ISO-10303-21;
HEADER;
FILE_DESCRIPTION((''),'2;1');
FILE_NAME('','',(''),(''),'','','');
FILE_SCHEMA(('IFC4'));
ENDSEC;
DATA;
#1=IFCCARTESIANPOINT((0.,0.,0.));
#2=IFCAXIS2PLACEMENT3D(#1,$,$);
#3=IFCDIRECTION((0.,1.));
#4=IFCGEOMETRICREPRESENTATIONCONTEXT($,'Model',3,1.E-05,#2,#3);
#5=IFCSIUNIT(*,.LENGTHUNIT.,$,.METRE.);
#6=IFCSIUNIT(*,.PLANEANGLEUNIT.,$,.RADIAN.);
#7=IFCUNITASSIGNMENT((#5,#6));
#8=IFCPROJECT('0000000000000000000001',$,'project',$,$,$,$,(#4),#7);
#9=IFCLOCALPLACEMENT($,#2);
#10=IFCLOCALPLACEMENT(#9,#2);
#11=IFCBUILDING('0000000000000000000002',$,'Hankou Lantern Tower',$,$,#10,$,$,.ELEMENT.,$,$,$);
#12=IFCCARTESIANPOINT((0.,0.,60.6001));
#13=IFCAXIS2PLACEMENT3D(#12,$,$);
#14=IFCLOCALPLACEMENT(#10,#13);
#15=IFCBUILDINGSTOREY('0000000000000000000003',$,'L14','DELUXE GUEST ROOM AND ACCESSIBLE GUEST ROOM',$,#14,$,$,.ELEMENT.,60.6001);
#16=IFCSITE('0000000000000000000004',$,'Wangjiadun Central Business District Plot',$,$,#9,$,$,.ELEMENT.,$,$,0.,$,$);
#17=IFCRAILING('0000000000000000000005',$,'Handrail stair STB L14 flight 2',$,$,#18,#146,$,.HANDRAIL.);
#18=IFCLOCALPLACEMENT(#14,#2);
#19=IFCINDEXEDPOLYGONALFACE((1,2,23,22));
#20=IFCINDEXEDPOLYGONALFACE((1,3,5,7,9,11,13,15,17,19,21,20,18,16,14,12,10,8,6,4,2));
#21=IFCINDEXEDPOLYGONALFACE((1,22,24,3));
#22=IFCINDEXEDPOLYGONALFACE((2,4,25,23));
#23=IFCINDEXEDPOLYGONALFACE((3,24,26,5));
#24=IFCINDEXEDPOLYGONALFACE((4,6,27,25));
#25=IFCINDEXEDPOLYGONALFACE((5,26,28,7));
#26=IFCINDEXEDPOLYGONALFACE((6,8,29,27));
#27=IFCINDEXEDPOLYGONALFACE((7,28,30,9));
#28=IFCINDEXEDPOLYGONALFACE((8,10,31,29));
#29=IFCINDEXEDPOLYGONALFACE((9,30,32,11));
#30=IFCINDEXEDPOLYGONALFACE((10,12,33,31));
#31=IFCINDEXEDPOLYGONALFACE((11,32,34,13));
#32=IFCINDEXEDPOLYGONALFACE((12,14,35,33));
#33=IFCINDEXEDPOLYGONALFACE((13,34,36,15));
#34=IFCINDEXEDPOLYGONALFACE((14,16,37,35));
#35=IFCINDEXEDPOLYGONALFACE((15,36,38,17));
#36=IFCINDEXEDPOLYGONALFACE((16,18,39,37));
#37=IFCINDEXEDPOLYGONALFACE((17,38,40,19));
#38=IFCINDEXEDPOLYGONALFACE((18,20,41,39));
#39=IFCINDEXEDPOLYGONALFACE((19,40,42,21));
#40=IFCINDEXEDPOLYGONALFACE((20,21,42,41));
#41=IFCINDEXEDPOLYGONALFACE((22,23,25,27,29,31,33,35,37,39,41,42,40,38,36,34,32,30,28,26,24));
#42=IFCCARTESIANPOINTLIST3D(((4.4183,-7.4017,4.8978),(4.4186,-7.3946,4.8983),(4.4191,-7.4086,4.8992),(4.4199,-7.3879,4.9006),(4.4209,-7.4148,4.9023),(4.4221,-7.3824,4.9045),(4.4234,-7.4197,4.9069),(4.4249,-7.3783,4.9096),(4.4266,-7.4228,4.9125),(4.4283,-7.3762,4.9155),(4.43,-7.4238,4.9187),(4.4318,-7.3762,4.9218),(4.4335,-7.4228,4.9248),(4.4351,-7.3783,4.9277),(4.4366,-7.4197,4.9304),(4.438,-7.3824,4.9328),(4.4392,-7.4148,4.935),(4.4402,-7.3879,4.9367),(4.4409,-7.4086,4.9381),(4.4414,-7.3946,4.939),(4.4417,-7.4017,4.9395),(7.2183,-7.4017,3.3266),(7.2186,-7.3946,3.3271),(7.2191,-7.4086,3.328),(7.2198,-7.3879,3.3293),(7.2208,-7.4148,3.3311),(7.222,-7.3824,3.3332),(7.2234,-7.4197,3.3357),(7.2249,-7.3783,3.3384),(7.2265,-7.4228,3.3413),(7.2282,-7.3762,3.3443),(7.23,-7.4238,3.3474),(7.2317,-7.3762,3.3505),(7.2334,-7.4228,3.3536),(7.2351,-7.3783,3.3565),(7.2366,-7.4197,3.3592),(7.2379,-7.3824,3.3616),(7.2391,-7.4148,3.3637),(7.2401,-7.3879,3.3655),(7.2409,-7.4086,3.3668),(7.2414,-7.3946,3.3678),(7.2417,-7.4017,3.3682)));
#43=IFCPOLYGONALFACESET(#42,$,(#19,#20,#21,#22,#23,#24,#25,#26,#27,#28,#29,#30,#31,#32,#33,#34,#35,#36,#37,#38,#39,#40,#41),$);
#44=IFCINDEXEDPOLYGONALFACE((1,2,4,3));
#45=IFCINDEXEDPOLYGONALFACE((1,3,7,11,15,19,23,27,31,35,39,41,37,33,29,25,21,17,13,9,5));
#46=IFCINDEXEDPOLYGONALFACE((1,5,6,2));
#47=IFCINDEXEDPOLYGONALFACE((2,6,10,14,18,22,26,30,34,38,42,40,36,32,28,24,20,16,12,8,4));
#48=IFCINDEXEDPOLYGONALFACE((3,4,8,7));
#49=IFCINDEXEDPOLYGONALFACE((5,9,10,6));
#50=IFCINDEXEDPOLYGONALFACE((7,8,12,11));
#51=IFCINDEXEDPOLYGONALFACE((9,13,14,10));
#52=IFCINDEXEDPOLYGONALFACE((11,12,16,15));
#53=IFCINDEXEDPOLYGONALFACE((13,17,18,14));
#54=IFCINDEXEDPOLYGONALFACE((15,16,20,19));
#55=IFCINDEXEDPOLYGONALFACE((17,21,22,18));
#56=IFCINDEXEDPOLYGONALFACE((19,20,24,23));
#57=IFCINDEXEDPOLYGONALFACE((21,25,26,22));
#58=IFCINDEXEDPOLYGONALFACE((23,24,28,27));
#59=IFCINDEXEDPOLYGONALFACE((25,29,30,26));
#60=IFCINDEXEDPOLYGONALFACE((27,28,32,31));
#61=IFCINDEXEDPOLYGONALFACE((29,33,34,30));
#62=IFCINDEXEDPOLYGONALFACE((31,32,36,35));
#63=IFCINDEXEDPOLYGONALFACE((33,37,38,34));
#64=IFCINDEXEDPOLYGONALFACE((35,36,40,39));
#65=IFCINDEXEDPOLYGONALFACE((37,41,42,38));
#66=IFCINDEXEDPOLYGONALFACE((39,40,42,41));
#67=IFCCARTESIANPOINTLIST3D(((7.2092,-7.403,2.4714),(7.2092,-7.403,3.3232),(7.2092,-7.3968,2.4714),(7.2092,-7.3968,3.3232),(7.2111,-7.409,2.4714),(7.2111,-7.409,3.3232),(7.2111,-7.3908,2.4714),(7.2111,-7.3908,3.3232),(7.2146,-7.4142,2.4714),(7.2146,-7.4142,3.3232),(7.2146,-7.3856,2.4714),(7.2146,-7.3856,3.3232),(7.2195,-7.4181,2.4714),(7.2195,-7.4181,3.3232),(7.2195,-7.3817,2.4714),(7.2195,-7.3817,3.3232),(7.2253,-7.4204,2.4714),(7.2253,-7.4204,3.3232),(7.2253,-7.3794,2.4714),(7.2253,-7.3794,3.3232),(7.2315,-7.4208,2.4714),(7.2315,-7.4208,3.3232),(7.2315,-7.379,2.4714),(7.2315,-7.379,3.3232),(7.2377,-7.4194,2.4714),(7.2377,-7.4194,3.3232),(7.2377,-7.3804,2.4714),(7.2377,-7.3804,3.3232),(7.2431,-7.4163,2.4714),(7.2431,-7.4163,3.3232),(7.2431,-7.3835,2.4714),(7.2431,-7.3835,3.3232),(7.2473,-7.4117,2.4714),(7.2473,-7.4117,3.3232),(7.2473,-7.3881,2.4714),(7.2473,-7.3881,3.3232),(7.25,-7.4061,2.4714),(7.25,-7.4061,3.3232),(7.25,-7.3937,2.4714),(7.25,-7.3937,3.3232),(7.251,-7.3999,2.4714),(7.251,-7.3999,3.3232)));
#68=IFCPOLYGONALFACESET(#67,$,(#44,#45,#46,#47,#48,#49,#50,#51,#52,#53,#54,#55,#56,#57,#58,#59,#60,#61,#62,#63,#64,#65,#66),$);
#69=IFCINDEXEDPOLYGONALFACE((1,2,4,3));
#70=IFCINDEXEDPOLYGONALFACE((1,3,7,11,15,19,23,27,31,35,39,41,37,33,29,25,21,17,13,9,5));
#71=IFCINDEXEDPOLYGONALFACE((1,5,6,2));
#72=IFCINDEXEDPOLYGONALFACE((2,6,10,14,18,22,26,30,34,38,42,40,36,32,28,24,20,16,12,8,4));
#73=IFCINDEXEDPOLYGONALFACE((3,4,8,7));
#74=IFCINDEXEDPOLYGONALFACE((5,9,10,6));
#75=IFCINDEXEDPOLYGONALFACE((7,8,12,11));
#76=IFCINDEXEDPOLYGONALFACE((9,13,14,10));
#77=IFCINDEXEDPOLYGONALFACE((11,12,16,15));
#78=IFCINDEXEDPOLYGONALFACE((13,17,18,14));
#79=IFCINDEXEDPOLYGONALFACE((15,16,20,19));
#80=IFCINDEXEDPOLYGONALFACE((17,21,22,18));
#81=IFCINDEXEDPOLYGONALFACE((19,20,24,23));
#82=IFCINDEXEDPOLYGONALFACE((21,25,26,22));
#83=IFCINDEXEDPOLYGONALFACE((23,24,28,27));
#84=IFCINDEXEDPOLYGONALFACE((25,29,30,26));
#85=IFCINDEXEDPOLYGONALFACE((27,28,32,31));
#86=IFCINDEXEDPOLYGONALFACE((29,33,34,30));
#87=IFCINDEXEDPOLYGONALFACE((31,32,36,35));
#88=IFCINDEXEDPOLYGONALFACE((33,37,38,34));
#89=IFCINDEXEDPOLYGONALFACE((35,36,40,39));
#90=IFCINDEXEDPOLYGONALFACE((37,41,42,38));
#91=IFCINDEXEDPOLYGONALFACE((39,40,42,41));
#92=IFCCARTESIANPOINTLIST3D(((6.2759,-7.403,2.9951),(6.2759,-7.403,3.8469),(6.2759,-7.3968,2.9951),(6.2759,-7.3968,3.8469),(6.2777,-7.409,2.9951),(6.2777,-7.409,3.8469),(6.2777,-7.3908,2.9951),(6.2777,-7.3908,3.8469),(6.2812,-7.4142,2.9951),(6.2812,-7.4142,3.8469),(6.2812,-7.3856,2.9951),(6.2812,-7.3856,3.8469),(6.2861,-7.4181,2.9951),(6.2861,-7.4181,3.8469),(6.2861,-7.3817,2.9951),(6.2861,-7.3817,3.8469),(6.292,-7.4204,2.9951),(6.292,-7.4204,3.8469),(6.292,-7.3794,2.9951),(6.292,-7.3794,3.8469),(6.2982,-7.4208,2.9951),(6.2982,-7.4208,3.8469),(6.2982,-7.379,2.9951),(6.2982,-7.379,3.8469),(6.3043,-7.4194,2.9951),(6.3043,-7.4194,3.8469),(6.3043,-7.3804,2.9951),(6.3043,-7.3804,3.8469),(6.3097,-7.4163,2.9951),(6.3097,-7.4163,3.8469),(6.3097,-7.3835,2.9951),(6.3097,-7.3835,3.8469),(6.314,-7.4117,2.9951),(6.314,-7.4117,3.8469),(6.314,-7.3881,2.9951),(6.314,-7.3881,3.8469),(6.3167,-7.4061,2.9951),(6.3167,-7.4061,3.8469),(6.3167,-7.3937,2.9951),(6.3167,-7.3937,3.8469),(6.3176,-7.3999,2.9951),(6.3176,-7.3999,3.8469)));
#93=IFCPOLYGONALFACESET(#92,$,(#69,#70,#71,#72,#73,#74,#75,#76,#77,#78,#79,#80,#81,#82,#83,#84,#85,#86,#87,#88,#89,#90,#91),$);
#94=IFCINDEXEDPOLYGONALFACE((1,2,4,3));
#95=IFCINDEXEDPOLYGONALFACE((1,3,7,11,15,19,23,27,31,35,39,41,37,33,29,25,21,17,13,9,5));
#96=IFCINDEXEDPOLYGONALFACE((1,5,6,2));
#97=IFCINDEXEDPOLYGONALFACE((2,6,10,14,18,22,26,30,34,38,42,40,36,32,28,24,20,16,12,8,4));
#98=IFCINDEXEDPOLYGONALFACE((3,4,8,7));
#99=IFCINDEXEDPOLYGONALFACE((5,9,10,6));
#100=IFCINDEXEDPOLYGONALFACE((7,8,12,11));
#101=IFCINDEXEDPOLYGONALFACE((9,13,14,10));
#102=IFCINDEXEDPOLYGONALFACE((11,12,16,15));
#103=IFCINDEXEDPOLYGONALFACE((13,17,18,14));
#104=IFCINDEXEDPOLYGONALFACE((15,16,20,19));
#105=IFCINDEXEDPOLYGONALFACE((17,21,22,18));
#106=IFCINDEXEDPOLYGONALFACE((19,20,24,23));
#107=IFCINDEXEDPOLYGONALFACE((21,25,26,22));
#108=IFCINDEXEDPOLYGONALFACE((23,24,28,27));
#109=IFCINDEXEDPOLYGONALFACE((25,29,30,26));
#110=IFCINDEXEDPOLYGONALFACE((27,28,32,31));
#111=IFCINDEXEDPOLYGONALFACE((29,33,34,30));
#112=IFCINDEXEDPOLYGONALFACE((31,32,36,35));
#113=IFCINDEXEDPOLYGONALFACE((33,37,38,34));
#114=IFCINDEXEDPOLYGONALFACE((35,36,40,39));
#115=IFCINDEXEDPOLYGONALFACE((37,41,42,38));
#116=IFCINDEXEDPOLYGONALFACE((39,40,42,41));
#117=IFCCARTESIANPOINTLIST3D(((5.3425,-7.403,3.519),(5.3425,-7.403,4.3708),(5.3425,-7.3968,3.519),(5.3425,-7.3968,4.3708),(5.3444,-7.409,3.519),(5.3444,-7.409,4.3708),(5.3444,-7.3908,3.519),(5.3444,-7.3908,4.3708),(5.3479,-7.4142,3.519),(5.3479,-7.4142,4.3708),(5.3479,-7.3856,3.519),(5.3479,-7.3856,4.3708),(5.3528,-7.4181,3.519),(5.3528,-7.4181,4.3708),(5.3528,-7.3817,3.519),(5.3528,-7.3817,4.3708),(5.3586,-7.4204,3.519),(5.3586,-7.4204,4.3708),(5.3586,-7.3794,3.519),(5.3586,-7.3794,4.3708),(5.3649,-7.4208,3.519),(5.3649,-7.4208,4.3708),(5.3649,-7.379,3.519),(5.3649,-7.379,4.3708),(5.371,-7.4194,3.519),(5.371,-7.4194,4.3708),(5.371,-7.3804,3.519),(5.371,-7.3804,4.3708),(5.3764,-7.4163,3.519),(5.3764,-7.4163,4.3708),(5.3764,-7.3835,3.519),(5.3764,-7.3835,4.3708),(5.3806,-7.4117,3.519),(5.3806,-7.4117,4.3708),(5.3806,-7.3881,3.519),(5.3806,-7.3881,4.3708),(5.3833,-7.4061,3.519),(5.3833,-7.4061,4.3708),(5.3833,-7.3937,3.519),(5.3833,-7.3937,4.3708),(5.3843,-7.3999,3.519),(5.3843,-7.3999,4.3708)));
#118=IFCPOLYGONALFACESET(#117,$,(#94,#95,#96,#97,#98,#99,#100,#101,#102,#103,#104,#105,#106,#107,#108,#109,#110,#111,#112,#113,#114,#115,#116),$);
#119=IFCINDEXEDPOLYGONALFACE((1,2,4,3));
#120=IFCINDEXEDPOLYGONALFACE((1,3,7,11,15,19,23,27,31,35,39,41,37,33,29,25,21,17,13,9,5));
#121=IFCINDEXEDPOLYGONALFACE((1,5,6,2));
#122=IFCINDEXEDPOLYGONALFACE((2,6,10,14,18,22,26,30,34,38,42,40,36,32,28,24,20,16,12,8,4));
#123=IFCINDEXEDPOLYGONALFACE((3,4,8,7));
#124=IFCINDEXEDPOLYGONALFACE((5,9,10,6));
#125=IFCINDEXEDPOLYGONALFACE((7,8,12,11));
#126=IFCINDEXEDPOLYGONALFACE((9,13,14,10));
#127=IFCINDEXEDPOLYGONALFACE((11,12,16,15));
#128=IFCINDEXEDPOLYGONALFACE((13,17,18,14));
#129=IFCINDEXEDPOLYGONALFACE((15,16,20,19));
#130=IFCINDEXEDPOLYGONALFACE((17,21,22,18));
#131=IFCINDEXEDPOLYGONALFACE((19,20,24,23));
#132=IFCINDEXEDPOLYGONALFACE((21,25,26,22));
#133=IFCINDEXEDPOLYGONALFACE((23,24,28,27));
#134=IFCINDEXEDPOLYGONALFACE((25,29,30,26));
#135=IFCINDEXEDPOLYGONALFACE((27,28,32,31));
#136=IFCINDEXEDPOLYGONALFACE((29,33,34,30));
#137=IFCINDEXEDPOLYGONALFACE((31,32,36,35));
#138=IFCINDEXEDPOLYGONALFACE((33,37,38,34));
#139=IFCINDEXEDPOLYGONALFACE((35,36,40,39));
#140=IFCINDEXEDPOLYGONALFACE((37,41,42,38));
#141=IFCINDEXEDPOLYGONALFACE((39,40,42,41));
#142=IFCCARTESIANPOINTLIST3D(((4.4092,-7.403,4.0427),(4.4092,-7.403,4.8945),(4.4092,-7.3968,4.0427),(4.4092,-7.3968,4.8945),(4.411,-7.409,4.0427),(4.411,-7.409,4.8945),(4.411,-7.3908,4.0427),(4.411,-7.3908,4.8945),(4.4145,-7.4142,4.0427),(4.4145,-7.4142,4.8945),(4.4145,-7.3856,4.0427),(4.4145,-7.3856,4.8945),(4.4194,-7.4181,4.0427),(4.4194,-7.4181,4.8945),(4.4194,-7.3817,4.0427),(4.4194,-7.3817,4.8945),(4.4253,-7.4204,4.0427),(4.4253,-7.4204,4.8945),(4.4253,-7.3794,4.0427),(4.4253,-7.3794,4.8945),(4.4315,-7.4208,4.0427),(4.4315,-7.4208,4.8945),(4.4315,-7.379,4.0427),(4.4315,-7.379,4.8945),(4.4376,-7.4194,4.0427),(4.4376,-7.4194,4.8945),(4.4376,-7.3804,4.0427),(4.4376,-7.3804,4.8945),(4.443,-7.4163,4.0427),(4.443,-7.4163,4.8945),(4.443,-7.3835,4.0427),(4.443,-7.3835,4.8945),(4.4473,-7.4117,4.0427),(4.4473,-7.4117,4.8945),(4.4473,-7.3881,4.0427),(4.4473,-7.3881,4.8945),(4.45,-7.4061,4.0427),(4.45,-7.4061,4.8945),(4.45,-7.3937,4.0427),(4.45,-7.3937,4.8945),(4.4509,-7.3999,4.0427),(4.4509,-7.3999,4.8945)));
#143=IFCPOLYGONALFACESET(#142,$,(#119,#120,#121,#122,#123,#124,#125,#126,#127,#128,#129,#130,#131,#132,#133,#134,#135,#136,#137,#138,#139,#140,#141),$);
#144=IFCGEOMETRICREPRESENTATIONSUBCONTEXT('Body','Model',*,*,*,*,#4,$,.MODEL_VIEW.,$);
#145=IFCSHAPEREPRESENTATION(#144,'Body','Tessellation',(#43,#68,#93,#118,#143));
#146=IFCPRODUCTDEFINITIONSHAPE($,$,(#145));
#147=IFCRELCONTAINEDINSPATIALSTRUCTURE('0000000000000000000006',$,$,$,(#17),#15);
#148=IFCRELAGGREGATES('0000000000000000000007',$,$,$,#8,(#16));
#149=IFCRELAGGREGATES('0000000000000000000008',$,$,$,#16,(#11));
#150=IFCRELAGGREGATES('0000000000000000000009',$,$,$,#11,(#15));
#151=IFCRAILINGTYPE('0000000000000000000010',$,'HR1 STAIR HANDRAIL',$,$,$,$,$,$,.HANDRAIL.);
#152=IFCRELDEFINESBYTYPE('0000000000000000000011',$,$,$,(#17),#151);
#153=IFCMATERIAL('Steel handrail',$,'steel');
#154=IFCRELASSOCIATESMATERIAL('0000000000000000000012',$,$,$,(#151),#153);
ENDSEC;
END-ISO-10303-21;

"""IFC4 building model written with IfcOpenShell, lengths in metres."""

from ifc_helpers import new_model, si_unit, direction, frame, origin, origin_2d, place, context, subcontext, project, spatial, circle, extrude, material, type_object, element, save


model = new_model("IFC4")

# Units and contexts
model_context = context("Model", 3, precision=1e-05, world=origin(), true_north=direction((0.0, 1.0)))
body_context = subcontext(model_context, "Body", "Model", "MODEL_VIEW")
ifc_project = project(units=[si_unit("LENGTHUNIT", "METRE"), si_unit("PLANEANGLEUNIT", "RADIAN")], contexts=[model_context])

# Site, building, storey
site_placement = place(None, origin())
site = spatial("IfcSite", under=ifc_project, at=site_placement, Name="Wangjiadun Central Business District Plot", CompositionType="ELEMENT", RefElevation=0.0)
building_placement = place(site_placement, origin())
building = spatial("IfcBuilding", under=site, at=building_placement, Name="Hankou Lantern Tower", CompositionType="ELEMENT")
storey_placement = place(building_placement, frame((0.0, 0.0, 60.6001)))
storey = spatial("IfcBuildingStorey", under=building, at=storey_placement, Name="L14", Description="DELUXE GUEST ROOM AND ACCESSIBLE GUEST ROOM", CompositionType="ELEMENT", Elevation=60.6001)

# Railing
ifc_material_1 = material(Name="Steel handrail", Category="steel")
railing_type = type_object("IfcRailingType", Name="HR1 STAIR HANDRAIL", PredefinedType="HANDRAIL", material=ifc_material_1)
railing_1_placement = place(storey_placement, frame((7.23, -7.3999, 2.4714)))
element("IfcRailing", 1, at=railing_1_placement, inside=storey, type_object=railing_type, Name="Handrail stair STB L14 flight 2", PredefinedType="HANDRAIL", context=body_context, shape_type="SweptSolid", body=[
    extrude(circle(Radius=0.0239, at=origin_2d()), frame((0.0, 0.0, 0.876), z_axis=(-0.872073, 0.0, 0.489377), x_axis=(0.0, -1.0, 0.0)), (0.0, 0.0, 1.0), 3.2107),
    extrude(circle(Radius=0.021, at=origin_2d()), origin(), (0.0, 0.0, 1.0), 0.8518),
    extrude(circle(Radius=0.021, at=origin_2d()), frame((-0.9333, 0.0, 0.5237)), (0.0, 0.0, 1.0), 0.8518),
    extrude(circle(Radius=0.021, at=origin_2d()), frame((-1.8667, 0.0, 1.0476)), (0.0, 0.0, 1.0), 0.8518),
    extrude(circle(Radius=0.021, at=origin_2d()), frame((-2.8, 0.0, 1.5713)), (0.0, 0.0, 1.0), 0.8518),
])

save(model, "model.ifc")
